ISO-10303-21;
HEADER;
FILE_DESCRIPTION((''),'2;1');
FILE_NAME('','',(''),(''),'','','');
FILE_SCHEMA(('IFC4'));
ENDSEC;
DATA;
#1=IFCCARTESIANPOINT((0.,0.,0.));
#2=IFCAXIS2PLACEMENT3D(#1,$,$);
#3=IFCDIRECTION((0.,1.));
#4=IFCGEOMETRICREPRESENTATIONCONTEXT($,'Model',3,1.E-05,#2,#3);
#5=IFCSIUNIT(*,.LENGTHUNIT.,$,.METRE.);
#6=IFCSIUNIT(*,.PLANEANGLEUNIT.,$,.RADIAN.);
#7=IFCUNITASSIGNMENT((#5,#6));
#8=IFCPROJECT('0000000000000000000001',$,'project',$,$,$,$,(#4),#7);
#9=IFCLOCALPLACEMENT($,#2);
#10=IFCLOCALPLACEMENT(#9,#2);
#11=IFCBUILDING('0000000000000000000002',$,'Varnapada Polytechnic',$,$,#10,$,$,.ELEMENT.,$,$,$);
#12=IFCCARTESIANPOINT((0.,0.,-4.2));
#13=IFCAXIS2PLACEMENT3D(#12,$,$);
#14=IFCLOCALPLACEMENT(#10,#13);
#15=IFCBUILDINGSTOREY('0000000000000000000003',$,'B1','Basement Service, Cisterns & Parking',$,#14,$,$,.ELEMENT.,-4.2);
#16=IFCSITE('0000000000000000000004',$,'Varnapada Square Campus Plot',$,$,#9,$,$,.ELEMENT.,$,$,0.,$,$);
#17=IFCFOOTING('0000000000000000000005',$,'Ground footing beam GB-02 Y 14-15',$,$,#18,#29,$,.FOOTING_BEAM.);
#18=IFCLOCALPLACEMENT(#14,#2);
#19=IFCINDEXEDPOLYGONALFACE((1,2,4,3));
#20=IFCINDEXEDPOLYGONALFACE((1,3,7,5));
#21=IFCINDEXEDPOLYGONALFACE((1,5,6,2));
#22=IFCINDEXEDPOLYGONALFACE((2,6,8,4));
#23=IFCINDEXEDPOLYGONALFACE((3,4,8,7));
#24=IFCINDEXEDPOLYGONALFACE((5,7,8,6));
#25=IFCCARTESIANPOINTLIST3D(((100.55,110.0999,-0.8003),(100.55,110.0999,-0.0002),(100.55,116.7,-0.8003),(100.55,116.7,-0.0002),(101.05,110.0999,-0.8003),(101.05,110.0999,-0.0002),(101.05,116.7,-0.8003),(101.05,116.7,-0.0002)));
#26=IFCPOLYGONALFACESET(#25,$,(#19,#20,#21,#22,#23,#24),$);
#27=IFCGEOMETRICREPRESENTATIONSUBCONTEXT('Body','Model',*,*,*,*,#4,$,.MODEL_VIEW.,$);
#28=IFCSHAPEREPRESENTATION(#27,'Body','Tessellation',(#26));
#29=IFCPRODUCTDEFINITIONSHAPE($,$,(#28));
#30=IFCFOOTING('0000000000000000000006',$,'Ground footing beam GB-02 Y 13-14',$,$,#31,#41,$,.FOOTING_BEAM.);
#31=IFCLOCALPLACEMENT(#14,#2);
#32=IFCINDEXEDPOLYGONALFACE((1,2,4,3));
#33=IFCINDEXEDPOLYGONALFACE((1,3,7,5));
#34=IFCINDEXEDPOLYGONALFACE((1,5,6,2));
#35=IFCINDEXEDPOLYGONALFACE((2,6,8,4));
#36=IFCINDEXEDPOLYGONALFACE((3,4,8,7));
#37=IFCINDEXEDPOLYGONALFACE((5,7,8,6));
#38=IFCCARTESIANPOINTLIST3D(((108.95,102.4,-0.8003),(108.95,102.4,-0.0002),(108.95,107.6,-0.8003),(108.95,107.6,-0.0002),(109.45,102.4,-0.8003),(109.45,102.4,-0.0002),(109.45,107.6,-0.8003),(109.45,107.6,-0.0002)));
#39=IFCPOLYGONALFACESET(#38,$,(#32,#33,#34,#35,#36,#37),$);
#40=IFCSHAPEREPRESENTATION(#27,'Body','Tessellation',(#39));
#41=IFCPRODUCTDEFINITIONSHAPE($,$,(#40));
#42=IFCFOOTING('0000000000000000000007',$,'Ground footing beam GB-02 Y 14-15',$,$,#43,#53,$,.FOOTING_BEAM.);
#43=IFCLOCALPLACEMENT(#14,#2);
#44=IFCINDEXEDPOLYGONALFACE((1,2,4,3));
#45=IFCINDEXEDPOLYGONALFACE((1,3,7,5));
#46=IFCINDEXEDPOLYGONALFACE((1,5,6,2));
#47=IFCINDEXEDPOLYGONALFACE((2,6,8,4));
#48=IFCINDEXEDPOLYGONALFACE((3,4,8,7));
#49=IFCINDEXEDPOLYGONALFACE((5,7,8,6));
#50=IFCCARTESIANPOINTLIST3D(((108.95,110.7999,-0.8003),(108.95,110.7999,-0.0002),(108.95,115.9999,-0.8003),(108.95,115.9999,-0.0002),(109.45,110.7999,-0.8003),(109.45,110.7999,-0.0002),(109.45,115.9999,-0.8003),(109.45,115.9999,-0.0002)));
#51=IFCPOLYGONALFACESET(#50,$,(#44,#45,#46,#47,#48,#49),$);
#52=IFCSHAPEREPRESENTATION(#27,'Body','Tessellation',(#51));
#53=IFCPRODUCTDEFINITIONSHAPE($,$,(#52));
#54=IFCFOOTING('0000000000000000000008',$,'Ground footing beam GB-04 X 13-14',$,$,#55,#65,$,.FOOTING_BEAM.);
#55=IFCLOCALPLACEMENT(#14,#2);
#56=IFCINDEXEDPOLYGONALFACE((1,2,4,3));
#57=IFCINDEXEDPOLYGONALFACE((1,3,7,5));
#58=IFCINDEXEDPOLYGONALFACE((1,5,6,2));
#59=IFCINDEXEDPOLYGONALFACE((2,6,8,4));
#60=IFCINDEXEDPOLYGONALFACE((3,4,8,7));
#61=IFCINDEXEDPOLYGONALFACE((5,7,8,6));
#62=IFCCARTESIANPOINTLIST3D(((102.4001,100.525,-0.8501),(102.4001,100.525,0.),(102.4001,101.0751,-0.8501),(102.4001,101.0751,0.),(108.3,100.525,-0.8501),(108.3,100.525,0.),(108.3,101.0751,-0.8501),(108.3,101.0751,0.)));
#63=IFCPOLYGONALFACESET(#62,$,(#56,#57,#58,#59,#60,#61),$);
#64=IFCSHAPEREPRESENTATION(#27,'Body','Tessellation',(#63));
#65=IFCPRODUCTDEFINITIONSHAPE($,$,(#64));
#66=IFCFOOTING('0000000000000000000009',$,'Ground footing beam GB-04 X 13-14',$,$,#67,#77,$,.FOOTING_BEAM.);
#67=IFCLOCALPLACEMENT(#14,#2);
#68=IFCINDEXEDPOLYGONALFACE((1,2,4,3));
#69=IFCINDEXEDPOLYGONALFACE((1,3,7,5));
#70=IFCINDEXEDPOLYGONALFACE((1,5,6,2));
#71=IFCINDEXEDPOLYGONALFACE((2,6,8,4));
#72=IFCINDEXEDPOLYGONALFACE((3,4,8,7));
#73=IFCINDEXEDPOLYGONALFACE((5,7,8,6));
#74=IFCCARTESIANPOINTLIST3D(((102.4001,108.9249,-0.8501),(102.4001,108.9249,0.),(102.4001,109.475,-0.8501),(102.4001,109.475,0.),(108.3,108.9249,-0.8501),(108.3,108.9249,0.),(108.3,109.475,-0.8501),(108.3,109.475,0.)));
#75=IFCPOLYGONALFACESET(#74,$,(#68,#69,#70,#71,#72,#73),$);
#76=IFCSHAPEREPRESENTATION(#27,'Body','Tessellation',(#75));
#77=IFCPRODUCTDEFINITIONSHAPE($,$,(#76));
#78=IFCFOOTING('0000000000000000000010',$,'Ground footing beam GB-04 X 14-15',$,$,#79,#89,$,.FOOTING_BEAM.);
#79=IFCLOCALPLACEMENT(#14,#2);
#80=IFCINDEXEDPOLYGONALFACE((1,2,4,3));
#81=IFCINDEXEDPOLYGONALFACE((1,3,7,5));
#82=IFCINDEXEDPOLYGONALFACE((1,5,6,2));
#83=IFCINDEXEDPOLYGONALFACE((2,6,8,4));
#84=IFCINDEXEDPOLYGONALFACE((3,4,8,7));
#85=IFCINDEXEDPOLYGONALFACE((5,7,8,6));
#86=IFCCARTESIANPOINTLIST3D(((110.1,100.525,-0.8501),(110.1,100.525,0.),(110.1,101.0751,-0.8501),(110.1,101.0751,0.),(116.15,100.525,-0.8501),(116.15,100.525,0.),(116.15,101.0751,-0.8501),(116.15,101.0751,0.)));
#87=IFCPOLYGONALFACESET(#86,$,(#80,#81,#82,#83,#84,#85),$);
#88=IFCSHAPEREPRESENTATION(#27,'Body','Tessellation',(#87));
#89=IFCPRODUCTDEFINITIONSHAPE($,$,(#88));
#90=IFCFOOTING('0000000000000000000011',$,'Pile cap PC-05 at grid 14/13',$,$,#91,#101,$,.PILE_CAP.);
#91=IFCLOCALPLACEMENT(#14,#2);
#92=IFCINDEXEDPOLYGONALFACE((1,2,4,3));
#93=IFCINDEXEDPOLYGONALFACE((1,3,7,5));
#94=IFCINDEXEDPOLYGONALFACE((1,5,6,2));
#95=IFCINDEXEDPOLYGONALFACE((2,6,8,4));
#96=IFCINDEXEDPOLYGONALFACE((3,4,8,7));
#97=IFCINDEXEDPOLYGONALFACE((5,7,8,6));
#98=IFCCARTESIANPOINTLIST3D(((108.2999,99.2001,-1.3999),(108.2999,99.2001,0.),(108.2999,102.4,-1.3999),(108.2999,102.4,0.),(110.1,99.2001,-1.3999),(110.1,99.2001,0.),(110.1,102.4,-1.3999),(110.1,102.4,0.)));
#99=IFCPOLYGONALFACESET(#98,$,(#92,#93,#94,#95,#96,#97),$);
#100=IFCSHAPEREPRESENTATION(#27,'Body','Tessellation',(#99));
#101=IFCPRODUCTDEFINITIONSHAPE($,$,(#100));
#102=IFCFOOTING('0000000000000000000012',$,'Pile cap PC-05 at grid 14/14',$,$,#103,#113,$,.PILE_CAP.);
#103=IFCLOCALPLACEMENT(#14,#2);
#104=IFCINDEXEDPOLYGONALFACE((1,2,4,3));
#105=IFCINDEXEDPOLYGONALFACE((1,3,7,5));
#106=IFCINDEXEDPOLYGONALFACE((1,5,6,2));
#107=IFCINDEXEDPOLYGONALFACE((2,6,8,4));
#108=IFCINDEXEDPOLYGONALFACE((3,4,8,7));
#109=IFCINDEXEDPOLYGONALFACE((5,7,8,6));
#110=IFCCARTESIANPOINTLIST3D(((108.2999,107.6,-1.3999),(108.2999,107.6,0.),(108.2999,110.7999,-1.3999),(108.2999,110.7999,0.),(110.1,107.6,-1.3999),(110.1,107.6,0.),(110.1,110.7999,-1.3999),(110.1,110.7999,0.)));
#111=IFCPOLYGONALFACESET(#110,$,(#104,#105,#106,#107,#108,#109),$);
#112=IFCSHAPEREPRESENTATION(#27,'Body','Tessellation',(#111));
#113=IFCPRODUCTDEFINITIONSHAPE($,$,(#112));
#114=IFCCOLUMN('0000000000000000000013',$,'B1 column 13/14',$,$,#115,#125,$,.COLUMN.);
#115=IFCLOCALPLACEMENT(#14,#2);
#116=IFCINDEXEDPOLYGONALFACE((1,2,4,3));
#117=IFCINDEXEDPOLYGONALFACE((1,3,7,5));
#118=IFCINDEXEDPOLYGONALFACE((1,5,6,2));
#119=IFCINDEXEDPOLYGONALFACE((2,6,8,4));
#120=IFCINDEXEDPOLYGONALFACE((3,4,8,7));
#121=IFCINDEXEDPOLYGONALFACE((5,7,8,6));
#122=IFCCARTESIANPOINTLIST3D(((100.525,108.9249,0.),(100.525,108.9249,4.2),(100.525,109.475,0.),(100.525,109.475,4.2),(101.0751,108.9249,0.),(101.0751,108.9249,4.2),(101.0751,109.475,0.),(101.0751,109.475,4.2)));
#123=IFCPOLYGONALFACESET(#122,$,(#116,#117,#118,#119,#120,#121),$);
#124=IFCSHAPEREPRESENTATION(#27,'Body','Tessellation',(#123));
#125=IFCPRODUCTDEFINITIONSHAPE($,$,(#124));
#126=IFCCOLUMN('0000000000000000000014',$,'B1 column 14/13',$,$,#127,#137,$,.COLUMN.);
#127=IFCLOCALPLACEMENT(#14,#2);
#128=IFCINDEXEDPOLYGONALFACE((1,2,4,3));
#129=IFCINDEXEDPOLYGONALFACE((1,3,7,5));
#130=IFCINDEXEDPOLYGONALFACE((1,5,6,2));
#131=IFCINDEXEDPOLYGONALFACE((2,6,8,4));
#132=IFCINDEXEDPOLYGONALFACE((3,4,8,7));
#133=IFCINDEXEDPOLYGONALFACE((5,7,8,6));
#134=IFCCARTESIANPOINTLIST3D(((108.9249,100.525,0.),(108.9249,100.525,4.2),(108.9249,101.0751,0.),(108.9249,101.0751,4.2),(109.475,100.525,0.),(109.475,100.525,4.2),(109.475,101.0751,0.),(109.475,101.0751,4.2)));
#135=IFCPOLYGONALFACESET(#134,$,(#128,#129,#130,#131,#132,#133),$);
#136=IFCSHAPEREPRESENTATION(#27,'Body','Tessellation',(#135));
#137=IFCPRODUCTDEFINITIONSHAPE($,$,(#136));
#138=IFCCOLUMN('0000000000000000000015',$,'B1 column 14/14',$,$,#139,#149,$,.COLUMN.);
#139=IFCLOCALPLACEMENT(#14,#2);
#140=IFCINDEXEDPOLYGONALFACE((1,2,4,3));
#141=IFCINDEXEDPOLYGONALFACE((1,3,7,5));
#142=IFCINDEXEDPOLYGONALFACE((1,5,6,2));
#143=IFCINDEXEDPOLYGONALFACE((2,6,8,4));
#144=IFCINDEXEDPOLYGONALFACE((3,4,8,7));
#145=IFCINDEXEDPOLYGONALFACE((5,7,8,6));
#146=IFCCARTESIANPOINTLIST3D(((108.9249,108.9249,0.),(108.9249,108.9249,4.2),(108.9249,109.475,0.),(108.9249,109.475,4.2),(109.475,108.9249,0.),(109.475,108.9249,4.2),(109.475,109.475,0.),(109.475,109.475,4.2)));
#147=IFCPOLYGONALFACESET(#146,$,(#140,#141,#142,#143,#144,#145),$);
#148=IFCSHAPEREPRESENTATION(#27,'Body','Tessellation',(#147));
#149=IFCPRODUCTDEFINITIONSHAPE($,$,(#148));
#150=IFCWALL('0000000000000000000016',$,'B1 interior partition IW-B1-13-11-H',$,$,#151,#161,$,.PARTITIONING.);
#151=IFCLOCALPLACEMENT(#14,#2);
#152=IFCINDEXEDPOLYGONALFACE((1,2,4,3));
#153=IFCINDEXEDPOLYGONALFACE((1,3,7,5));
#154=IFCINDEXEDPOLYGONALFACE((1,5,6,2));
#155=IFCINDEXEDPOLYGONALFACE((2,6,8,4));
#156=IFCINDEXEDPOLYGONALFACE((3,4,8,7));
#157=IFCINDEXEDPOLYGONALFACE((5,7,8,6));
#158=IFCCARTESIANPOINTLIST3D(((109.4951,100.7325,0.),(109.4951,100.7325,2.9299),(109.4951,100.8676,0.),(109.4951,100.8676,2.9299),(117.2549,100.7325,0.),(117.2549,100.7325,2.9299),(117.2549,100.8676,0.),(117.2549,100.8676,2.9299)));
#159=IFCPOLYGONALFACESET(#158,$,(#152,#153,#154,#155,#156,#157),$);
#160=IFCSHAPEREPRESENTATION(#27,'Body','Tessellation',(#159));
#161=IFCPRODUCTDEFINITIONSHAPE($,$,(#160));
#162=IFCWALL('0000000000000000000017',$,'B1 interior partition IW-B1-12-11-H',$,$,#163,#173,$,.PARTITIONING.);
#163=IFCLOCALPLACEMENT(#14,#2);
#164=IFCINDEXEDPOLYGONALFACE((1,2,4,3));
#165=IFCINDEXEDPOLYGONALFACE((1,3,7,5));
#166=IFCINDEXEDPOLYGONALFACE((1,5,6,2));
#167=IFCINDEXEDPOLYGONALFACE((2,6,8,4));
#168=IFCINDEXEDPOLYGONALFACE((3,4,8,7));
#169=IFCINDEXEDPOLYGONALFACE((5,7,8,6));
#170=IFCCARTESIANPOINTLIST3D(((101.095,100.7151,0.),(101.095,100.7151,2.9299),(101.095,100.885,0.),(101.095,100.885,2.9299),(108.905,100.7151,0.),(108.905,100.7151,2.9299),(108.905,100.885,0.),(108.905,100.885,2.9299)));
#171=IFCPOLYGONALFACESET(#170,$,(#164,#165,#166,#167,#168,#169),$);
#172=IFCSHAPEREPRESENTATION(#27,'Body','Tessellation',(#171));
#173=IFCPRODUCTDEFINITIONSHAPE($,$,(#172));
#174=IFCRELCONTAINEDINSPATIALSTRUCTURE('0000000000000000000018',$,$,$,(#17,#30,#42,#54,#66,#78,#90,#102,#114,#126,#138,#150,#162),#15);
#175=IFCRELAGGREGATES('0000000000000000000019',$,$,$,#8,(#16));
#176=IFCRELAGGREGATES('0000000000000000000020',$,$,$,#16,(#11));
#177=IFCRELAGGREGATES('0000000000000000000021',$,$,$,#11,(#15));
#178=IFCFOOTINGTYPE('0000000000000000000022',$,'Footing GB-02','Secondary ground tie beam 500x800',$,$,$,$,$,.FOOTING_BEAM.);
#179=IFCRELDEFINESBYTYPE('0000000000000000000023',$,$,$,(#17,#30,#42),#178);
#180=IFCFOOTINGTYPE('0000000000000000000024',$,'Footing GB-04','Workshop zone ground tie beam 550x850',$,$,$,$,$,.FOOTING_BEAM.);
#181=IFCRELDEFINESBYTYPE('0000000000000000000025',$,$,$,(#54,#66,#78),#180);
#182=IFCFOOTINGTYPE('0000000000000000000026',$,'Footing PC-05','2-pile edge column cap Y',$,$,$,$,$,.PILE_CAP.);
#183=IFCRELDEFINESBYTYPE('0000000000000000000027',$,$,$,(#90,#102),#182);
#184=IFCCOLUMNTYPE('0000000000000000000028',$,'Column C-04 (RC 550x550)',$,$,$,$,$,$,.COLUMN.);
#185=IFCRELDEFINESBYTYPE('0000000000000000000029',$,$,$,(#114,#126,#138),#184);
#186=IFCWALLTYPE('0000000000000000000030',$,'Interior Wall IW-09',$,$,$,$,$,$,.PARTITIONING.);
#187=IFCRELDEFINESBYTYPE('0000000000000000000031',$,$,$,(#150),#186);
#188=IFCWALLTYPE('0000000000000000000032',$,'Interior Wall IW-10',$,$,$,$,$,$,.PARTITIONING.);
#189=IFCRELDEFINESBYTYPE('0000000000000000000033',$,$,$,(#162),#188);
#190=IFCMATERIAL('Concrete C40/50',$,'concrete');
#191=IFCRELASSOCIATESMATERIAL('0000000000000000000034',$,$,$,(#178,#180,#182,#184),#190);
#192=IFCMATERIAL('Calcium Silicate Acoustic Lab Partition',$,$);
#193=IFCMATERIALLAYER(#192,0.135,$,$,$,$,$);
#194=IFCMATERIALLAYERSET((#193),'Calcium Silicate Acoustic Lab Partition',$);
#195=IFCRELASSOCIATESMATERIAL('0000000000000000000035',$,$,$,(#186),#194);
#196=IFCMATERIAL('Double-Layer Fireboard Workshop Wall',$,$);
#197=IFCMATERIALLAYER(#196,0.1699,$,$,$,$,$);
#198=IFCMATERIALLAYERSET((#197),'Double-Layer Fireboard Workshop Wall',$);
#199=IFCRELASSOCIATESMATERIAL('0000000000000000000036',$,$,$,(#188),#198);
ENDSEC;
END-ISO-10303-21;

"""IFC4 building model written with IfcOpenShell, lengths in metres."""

from ifc_helpers import new_model, si_unit, direction, frame, frame_2d, origin, origin_2d, place, context, subcontext, project, spatial, rectangle, extrude, material, layer, layer_set, material_profile, profile_set, type_object, element, save


model = new_model("IFC4")

# Units and contexts
model_context = context("Model", 3, precision=1e-05, world=origin(), true_north=direction((0.0, 1.0)))
body_context = subcontext(model_context, "Body", "Model", "MODEL_VIEW")
ifc_project = project(units=[si_unit("LENGTHUNIT", "METRE"), si_unit("PLANEANGLEUNIT", "RADIAN")], contexts=[model_context])

# Site, building, storey
site_placement = place(None, origin())
site = spatial("IfcSite", under=ifc_project, at=site_placement, Name="Varnapada Square Campus Plot", CompositionType="ELEMENT", RefElevation=0.0)
building_placement = place(site_placement, origin())
building = spatial("IfcBuilding", under=site, at=building_placement, Name="Varnapada Polytechnic", CompositionType="ELEMENT")
storey_placement = place(building_placement, frame((0.0, 0.0, -4.2)))
storey = spatial("IfcBuildingStorey", under=building, at=storey_placement, Name="B1", Description="Basement Service, Cisterns & Parking", CompositionType="ELEMENT", Elevation=-4.2)

# Shared definitions
ifc_material_1 = material(Name="Concrete C40/50", Category="concrete")

# Footings
footing_type_1 = type_object("IfcFootingType", Name="Footing GB-02", Description="Secondary ground tie beam 500x800", PredefinedType="FOOTING_BEAM", material=ifc_material_1)
footing_1_placement = place(storey_placement, frame((100.8, 113.3999, -0.8003), z_axis=(0.0, 0.0, 1.0), x_axis=(0.0, 1.0, 0.0)))
element("IfcFooting", 1, at=footing_1_placement, inside=storey, type_object=footing_type_1, Name="Ground footing beam GB-02 Y 14-15", PredefinedType="FOOTING_BEAM", context=body_context, shape_type="SweptSolid", body=[
    extrude(rectangle(XDim=6.6001, YDim=0.5, at=origin_2d()), origin(), (0.0, 0.0, 1.0), 0.8),
])
for number, where, z_axis, x_axis, name in (
    (2, (109.2, 105.0, -0.8003), (0.0, 0.0, 1.0), (0.0, 1.0, 0.0), "Ground footing beam GB-02 Y 13-14"),
    (3, (109.2, 113.3999, -0.8003), (0.0, 0.0, 1.0), (0.0, 1.0, 0.0), "Ground footing beam GB-02 Y 14-15"),
):
    element("IfcFooting", number, at=place(storey_placement, frame(where, z_axis=z_axis, x_axis=x_axis)), inside=storey, type_object=footing_type_1, Name=name, PredefinedType="FOOTING_BEAM", context=body_context, shape_type="SweptSolid", body=[
        extrude(rectangle(XDim=5.2, YDim=0.5, at=origin_2d()), origin(), (0.0, 0.0, 1.0), 0.8),
    ])
footing_type_2 = type_object("IfcFootingType", Name="Footing GB-04", Description="Workshop zone ground tie beam 550x850", PredefinedType="FOOTING_BEAM", material=ifc_material_1)
for number, where, z_axis, x_axis, name in (
    (4, (105.3501, 100.8, -0.8501), (0.0, 0.0, 1.0), (1.0, 0.0, 0.0), "Ground footing beam GB-04 X 13-14"),
    (5, (105.3501, 109.2, -0.8501), (0.0, 0.0, 1.0), (1.0, 0.0, 0.0), "Ground footing beam GB-04 X 13-14"),
):
    element("IfcFooting", number, at=place(storey_placement, frame(where, z_axis=z_axis, x_axis=x_axis)), inside=storey, type_object=footing_type_2, Name=name, PredefinedType="FOOTING_BEAM", context=body_context, shape_type="SweptSolid", body=[
        extrude(rectangle(XDim=5.8999, YDim=0.55, at=origin_2d()), origin(), (0.0, 0.0, 1.0), 0.8501),
    ])
footing_2_placement = place(storey_placement, frame((113.125, 100.8, -0.8501), z_axis=(0.0, 0.0, 1.0), x_axis=(1.0, 0.0, 0.0)))
element("IfcFooting", 6, at=footing_2_placement, inside=storey, type_object=footing_type_2, Name="Ground footing beam GB-04 X 14-15", PredefinedType="FOOTING_BEAM", context=body_context, shape_type="SweptSolid", body=[
    extrude(rectangle(XDim=6.05, YDim=0.55, at=origin_2d()), origin(), (0.0, 0.0, 1.0), 0.8501),
])
footing_type_3 = type_object("IfcFootingType", Name="Footing PC-05", Description="2-pile edge column cap Y", PredefinedType="PILE_CAP", material=ifc_material_1)
for number, where, z_axis, x_axis, name in (
    (7, (109.2, 100.8, -1.3999), (0.0, 0.0, 1.0), (1.0, 0.0, 0.0), "Pile cap PC-05 at grid 14/13"),
    (8, (109.2, 109.2, -1.3999), (0.0, 0.0, 1.0), (1.0, 0.0, 0.0), "Pile cap PC-05 at grid 14/14"),
):
    element("IfcFooting", number, at=place(storey_placement, frame(where, z_axis=z_axis, x_axis=x_axis)), inside=storey, type_object=footing_type_3, Name=name, PredefinedType="PILE_CAP", context=body_context, shape_type="SweptSolid", body=[
        extrude(rectangle(XDim=1.8, YDim=3.2, at=origin_2d()), origin(), (0.0, 0.0, 1.0), 1.3999),
    ])

# Columns
ifc_material_profile_1 = material_profile(ifc_material_1, rectangle(XDim=0.55, YDim=0.55, at=origin_2d()), Name="RC 550x550")
ifc_profile_set_1 = profile_set([ifc_material_profile_1], Name="Concrete C40/50")
column_type = type_object("IfcColumnType", Name="Column C-04 (RC 550x550)", PredefinedType="COLUMN", material=ifc_profile_set_1)
for number, where, z_axis, x_axis, name in (
    (9, (100.8, 109.2, 0.0), (0.0, 0.0, 1.0), (1.0, 0.0, 0.0), "B1 column 13/14"),
    (10, (109.2, 100.8, 0.0), (0.0, 0.0, 1.0), (1.0, 0.0, 0.0), "B1 column 14/13"),
    (11, (109.2, 109.2, 0.0), (0.0, 0.0, 1.0), (1.0, 0.0, 0.0), "B1 column 14/14"),
):
    element("IfcColumn", number, at=place(storey_placement, frame(where, z_axis=z_axis, x_axis=x_axis)), inside=storey, type_object=column_type, Name=name, PredefinedType="COLUMN", context=body_context, shape_type="SweptSolid", body=[
        extrude(rectangle(XDim=0.55, YDim=0.55, at=origin_2d()), origin(), (0.0, 0.0, 1.0), 4.2),
    ])

# Walls
ifc_material_2 = material(Name="Calcium Silicate Acoustic Lab Partition")
ifc_layer_1 = layer(ifc_material_2, 0.135)
ifc_layer_set_1 = layer_set([ifc_layer_1], Name="Calcium Silicate Acoustic Lab Partition")
wall_type_1 = type_object("IfcWallType", Name="Interior Wall IW-09", PredefinedType="PARTITIONING", material=ifc_layer_set_1)
wall_1_placement = place(storey_placement, frame((109.4951, 100.8, 0.0), z_axis=(0.0, 0.0, 1.0), x_axis=(1.0, 0.0, 0.0)))
element("IfcWall", 12, at=wall_1_placement, inside=storey, type_object=wall_type_1, Name="B1 interior partition IW-B1-13-11-H", PredefinedType="PARTITIONING", context=body_context, shape_type="SweptSolid", body=[
    extrude(rectangle(XDim=7.7598, YDim=0.135, at=frame_2d((3.8799, 0.0))), origin(), (0.0, 0.0, 1.0), 2.9299),
])
ifc_material_3 = material(Name="Double-Layer Fireboard Workshop Wall")
ifc_layer_2 = layer(ifc_material_3, 0.1699)
ifc_layer_set_2 = layer_set([ifc_layer_2], Name="Double-Layer Fireboard Workshop Wall")
wall_type_2 = type_object("IfcWallType", Name="Interior Wall IW-10", PredefinedType="PARTITIONING", material=ifc_layer_set_2)
wall_2_placement = place(storey_placement, frame((101.095, 100.8, 0.0), z_axis=(0.0, 0.0, 1.0), x_axis=(1.0, 0.0, 0.0)))
element("IfcWall", 13, at=wall_2_placement, inside=storey, type_object=wall_type_2, Name="B1 interior partition IW-B1-12-11-H", PredefinedType="PARTITIONING", context=body_context, shape_type="SweptSolid", body=[
    extrude(rectangle(XDim=7.8101, YDim=0.1699, at=frame_2d((3.905, 0.0))), origin(), (0.0, 0.0, 1.0), 2.9299),
])

save(model, "model.ifc")
